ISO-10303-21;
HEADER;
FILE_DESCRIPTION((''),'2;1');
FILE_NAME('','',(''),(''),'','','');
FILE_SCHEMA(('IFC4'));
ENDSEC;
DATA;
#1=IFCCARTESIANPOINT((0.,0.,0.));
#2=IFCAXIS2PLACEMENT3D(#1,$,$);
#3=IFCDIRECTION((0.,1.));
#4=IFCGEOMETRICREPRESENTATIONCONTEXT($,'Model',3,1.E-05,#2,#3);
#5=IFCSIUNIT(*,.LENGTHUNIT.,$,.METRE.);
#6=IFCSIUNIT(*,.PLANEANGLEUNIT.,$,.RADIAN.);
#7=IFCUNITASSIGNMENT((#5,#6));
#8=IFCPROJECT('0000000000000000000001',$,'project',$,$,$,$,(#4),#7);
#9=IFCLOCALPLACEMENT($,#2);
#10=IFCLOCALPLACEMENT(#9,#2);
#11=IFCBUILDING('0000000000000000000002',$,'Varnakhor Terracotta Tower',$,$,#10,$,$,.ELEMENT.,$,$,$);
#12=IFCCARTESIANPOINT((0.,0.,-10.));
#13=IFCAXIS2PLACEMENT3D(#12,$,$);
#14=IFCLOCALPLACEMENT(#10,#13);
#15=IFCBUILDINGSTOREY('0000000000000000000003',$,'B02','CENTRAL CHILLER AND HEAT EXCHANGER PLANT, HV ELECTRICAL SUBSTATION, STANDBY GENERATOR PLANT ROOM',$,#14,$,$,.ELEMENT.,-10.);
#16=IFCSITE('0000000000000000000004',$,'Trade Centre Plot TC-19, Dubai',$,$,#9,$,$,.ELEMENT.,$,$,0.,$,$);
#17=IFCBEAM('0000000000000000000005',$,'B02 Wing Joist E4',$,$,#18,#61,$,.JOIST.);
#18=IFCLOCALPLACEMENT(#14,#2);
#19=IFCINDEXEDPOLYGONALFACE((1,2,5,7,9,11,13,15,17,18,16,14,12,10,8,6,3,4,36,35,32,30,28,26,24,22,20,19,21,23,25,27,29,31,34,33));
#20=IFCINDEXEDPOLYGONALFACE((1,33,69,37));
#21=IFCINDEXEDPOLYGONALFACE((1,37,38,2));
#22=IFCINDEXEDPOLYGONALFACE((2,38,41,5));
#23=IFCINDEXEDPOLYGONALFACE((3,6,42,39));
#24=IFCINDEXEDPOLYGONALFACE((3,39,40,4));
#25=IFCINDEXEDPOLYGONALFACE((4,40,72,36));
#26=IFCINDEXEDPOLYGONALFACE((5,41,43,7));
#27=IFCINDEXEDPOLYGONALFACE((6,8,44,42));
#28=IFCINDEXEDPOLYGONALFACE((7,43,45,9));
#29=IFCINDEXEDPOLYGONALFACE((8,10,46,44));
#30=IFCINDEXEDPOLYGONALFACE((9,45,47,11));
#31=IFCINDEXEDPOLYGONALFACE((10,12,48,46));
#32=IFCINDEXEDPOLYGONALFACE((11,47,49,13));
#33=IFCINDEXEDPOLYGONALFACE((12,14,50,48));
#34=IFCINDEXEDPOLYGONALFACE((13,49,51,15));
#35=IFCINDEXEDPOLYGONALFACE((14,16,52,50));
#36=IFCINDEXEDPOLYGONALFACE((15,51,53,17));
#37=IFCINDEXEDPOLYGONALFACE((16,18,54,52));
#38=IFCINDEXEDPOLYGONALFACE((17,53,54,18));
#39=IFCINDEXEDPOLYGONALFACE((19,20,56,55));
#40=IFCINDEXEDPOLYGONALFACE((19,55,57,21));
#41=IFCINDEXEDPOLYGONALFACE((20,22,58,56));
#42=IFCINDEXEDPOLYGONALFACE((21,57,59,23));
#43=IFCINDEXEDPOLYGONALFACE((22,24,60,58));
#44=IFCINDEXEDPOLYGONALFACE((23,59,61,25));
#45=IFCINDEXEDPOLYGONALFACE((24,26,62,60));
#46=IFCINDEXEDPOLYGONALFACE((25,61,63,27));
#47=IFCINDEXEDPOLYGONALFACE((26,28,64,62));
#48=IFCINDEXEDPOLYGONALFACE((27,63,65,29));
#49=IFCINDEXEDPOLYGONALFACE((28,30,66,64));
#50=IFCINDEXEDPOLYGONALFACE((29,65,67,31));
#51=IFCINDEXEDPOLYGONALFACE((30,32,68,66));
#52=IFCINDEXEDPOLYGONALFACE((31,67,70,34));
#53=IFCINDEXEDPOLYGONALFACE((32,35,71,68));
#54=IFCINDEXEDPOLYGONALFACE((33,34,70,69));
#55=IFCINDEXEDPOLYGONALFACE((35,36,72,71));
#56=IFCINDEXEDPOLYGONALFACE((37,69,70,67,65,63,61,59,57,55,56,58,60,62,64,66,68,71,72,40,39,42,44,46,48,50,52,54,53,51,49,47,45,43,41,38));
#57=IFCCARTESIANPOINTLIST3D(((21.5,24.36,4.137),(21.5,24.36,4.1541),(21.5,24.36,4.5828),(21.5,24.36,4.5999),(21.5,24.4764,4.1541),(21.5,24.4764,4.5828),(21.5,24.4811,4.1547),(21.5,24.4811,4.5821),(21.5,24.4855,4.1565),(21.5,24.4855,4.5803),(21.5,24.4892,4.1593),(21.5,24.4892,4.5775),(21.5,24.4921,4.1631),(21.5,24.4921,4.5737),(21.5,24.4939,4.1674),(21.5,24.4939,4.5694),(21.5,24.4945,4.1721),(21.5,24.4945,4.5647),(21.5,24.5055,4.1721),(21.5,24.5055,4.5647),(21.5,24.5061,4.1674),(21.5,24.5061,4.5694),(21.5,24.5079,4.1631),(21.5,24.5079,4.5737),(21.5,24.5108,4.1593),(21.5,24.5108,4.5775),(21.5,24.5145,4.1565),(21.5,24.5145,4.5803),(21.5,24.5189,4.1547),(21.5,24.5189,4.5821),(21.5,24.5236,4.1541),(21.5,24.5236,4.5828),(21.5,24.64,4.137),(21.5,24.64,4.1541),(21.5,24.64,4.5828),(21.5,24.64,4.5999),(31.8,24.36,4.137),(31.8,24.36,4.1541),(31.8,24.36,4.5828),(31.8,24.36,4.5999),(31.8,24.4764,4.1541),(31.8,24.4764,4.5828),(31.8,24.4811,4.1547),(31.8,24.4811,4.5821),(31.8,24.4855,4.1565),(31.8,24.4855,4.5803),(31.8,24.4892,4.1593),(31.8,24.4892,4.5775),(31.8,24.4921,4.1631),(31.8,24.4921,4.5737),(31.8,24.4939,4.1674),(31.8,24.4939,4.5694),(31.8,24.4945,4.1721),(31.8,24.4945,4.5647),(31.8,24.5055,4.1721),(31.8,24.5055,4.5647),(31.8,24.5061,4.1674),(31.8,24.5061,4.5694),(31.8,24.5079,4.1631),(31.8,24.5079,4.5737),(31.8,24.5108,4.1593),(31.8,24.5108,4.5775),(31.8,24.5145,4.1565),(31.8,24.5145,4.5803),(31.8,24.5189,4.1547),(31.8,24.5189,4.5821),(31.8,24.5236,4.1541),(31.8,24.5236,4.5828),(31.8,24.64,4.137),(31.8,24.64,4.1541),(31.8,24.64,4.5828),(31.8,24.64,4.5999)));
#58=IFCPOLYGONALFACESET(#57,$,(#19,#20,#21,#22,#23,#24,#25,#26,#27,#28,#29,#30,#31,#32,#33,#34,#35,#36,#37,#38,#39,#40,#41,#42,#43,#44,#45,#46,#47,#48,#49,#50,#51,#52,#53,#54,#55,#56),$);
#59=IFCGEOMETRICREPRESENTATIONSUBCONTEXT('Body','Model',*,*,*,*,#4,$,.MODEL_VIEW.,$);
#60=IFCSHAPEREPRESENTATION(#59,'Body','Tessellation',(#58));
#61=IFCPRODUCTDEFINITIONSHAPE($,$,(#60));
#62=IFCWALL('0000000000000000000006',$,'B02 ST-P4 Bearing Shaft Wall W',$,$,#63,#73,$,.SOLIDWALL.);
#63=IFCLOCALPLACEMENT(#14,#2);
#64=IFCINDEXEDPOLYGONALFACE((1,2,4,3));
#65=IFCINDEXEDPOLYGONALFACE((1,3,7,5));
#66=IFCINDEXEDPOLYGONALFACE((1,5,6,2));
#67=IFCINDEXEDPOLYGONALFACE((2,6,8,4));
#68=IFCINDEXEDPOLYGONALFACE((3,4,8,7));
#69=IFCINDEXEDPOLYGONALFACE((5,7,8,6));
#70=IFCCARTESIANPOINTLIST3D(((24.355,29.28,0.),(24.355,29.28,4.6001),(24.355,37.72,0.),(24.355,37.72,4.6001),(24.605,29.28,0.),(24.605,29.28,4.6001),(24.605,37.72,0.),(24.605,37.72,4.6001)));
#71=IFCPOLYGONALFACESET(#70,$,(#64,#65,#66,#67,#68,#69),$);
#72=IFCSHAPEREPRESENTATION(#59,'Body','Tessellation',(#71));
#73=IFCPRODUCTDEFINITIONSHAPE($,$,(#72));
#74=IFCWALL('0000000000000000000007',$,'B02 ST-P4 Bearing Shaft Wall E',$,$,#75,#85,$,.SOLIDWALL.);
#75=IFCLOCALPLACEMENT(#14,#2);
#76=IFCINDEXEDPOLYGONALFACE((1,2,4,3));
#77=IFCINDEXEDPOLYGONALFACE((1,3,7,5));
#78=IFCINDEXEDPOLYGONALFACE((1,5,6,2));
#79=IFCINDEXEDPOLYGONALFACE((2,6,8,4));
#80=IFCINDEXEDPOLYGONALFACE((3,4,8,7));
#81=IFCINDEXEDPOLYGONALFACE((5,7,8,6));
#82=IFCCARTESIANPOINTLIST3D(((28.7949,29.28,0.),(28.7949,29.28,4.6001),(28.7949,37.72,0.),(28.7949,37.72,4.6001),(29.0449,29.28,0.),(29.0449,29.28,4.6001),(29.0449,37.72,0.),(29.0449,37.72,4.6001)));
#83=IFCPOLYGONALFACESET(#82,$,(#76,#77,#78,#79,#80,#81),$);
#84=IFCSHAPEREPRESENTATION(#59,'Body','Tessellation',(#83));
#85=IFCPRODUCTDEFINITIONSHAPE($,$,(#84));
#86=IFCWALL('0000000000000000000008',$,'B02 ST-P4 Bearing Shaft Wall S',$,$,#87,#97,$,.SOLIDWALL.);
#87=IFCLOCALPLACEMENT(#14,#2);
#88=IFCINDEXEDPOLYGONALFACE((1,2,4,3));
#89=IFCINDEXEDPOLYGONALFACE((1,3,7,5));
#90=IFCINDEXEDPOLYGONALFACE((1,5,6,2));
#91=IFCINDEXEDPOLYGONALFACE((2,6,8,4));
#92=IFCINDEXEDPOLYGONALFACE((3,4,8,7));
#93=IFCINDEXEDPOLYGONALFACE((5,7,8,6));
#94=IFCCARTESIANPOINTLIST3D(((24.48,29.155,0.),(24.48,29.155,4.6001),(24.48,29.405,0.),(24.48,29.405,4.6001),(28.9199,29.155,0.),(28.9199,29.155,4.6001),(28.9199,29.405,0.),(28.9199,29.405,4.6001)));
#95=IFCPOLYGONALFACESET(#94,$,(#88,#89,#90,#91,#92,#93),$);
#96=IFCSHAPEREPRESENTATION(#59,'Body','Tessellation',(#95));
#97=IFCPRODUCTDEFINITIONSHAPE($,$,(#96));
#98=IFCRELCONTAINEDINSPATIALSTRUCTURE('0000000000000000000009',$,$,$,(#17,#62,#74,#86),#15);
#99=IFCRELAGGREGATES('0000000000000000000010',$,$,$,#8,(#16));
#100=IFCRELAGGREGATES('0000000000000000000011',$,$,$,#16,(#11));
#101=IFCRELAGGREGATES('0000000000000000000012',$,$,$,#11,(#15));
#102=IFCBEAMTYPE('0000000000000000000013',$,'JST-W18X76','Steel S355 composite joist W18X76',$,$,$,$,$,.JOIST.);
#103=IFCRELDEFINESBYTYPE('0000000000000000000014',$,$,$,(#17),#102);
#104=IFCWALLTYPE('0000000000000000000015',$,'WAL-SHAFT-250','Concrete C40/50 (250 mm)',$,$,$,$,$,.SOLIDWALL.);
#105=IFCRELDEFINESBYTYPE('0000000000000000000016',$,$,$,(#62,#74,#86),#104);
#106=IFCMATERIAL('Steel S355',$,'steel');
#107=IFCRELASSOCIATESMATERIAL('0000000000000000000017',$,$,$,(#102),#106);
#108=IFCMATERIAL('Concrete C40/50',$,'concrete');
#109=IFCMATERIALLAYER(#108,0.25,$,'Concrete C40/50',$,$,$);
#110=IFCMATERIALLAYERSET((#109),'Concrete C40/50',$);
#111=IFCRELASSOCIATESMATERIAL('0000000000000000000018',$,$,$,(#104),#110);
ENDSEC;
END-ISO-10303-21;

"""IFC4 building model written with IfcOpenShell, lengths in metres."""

from ifc_helpers import new_model, si_unit, direction, frame, frame_2d, origin, origin_2d, place, context, subcontext, project, spatial, rectangle, i_section, extrude, source, transform, mapped, material, layer, layer_set, material_profile, profile_set, type_object, element, save


model = new_model("IFC4")

# Units and contexts
model_context = context("Model", 3, precision=1e-05, world=origin(), true_north=direction((0.0, 1.0)))
body_context = subcontext(model_context, "Body", "Model", "MODEL_VIEW")
ifc_project = project(units=[si_unit("LENGTHUNIT", "METRE"), si_unit("PLANEANGLEUNIT", "RADIAN")], contexts=[model_context])

# Site, building, storey
site_placement = place(None, origin())
site = spatial("IfcSite", under=ifc_project, at=site_placement, Name="Trade Centre Plot TC-19, Dubai", CompositionType="ELEMENT", RefElevation=0.0)
building_placement = place(site_placement, origin())
building = spatial("IfcBuilding", under=site, at=building_placement, Name="Varnakhor Terracotta Tower", CompositionType="ELEMENT")
storey_placement = place(building_placement, frame((0.0, 0.0, -10.0)))
storey = spatial("IfcBuildingStorey", under=building, at=storey_placement, Name="B02", Description="CENTRAL CHILLER AND HEAT EXCHANGER PLANT, HV ELECTRICAL SUBSTATION, STANDBY GENERATOR PLANT ROOM", CompositionType="ELEMENT", Elevation=-10.0)

# Shared definitions
ifc_material_1 = material(Name="Concrete C40/50", Category="concrete")

# Beam
ifc_material_2 = material(Name="Steel S355", Category="steel")
ifc_material_profile_1 = material_profile(ifc_material_2, i_section(OverallWidth=0.28, OverallDepth=0.4629, WebThickness=0.011, FlangeThickness=0.0171, FilletRadius=0.0181, at=origin_2d()), Name="W18X76")
ifc_profile_set_1 = profile_set([ifc_material_profile_1], Name="Steel S355")
beam_type_1 = type_object("IfcBeamType", Name="JST-W18X76", Description="Steel S355 composite joist W18X76", PredefinedType="JOIST", material=ifc_profile_set_1)
shared_shape_1 = source(origin(), body_context, "Body", "SweptSolid", [
    extrude(i_section(OverallWidth=0.28, OverallDepth=0.4629, WebThickness=0.011, FlangeThickness=0.0171, FilletRadius=0.0181, at=origin_2d()), origin(), (0.0, 0.0, 1.0), 10.3),
])
for number, where, z_axis, x_axis, name in (
    (1, (21.5, 24.5, 4.3684), (1.0, 0.0, 0.0), (0.0, 1.0, 0.0), "B02 Wing Joist E4"),
):
    element("IfcBeam", number, at=place(storey_placement, frame(where, z_axis=z_axis, x_axis=x_axis)), inside=storey, type_object=beam_type_1, Name=name, PredefinedType="JOIST", context=body_context, shape_type="MappedRepresentation", body=[
        mapped(shared_shape_1, transform((0.0, 0.0, 0.0), scale=1.0)),
    ])

# Walls
ifc_layer_1 = layer(ifc_material_1, 0.25, Name="Concrete C40/50")
ifc_layer_set_1 = layer_set([ifc_layer_1], Name="Concrete C40/50")
wall_type = type_object("IfcWallType", Name="WAL-SHAFT-250", Description="Concrete C40/50 (250 mm)", PredefinedType="SOLIDWALL", material=ifc_layer_set_1)
for number, where, z_axis, x_axis, name in (
    (2, (24.48, 29.28, 0.0), (0.0, 0.0, 1.0), (0.0, 1.0, 0.0), "B02 ST-P4 Bearing Shaft Wall W"),
    (3, (28.9199, 29.28, 0.0), (0.0, 0.0, 1.0), (0.0, 1.0, 0.0), "B02 ST-P4 Bearing Shaft Wall E"),
):
    element("IfcWall", number, at=place(storey_placement, frame(where, z_axis=z_axis, x_axis=x_axis)), inside=storey, type_object=wall_type, Name=name, PredefinedType="SOLIDWALL", context=body_context, shape_type="SweptSolid", body=[
        extrude(rectangle(XDim=8.4399, YDim=0.25, at=frame_2d((4.22, 0.0))), origin(), (0.0, 0.0, 1.0), 4.6001),
    ])
wall_placement = place(storey_placement, frame((24.48, 29.28, 0.0), z_axis=(0.0, 0.0, 1.0), x_axis=(1.0, 0.0, 0.0)))
element("IfcWall", 4, at=wall_placement, inside=storey, type_object=wall_type, Name="B02 ST-P4 Bearing Shaft Wall S", PredefinedType="SOLIDWALL", context=body_context, shape_type="SweptSolid", body=[
    extrude(rectangle(XDim=4.4399, YDim=0.25, at=frame_2d((2.22, 0.0))), origin(), (0.0, 0.0, 1.0), 4.6001),
])

save(model, "model.ifc")
